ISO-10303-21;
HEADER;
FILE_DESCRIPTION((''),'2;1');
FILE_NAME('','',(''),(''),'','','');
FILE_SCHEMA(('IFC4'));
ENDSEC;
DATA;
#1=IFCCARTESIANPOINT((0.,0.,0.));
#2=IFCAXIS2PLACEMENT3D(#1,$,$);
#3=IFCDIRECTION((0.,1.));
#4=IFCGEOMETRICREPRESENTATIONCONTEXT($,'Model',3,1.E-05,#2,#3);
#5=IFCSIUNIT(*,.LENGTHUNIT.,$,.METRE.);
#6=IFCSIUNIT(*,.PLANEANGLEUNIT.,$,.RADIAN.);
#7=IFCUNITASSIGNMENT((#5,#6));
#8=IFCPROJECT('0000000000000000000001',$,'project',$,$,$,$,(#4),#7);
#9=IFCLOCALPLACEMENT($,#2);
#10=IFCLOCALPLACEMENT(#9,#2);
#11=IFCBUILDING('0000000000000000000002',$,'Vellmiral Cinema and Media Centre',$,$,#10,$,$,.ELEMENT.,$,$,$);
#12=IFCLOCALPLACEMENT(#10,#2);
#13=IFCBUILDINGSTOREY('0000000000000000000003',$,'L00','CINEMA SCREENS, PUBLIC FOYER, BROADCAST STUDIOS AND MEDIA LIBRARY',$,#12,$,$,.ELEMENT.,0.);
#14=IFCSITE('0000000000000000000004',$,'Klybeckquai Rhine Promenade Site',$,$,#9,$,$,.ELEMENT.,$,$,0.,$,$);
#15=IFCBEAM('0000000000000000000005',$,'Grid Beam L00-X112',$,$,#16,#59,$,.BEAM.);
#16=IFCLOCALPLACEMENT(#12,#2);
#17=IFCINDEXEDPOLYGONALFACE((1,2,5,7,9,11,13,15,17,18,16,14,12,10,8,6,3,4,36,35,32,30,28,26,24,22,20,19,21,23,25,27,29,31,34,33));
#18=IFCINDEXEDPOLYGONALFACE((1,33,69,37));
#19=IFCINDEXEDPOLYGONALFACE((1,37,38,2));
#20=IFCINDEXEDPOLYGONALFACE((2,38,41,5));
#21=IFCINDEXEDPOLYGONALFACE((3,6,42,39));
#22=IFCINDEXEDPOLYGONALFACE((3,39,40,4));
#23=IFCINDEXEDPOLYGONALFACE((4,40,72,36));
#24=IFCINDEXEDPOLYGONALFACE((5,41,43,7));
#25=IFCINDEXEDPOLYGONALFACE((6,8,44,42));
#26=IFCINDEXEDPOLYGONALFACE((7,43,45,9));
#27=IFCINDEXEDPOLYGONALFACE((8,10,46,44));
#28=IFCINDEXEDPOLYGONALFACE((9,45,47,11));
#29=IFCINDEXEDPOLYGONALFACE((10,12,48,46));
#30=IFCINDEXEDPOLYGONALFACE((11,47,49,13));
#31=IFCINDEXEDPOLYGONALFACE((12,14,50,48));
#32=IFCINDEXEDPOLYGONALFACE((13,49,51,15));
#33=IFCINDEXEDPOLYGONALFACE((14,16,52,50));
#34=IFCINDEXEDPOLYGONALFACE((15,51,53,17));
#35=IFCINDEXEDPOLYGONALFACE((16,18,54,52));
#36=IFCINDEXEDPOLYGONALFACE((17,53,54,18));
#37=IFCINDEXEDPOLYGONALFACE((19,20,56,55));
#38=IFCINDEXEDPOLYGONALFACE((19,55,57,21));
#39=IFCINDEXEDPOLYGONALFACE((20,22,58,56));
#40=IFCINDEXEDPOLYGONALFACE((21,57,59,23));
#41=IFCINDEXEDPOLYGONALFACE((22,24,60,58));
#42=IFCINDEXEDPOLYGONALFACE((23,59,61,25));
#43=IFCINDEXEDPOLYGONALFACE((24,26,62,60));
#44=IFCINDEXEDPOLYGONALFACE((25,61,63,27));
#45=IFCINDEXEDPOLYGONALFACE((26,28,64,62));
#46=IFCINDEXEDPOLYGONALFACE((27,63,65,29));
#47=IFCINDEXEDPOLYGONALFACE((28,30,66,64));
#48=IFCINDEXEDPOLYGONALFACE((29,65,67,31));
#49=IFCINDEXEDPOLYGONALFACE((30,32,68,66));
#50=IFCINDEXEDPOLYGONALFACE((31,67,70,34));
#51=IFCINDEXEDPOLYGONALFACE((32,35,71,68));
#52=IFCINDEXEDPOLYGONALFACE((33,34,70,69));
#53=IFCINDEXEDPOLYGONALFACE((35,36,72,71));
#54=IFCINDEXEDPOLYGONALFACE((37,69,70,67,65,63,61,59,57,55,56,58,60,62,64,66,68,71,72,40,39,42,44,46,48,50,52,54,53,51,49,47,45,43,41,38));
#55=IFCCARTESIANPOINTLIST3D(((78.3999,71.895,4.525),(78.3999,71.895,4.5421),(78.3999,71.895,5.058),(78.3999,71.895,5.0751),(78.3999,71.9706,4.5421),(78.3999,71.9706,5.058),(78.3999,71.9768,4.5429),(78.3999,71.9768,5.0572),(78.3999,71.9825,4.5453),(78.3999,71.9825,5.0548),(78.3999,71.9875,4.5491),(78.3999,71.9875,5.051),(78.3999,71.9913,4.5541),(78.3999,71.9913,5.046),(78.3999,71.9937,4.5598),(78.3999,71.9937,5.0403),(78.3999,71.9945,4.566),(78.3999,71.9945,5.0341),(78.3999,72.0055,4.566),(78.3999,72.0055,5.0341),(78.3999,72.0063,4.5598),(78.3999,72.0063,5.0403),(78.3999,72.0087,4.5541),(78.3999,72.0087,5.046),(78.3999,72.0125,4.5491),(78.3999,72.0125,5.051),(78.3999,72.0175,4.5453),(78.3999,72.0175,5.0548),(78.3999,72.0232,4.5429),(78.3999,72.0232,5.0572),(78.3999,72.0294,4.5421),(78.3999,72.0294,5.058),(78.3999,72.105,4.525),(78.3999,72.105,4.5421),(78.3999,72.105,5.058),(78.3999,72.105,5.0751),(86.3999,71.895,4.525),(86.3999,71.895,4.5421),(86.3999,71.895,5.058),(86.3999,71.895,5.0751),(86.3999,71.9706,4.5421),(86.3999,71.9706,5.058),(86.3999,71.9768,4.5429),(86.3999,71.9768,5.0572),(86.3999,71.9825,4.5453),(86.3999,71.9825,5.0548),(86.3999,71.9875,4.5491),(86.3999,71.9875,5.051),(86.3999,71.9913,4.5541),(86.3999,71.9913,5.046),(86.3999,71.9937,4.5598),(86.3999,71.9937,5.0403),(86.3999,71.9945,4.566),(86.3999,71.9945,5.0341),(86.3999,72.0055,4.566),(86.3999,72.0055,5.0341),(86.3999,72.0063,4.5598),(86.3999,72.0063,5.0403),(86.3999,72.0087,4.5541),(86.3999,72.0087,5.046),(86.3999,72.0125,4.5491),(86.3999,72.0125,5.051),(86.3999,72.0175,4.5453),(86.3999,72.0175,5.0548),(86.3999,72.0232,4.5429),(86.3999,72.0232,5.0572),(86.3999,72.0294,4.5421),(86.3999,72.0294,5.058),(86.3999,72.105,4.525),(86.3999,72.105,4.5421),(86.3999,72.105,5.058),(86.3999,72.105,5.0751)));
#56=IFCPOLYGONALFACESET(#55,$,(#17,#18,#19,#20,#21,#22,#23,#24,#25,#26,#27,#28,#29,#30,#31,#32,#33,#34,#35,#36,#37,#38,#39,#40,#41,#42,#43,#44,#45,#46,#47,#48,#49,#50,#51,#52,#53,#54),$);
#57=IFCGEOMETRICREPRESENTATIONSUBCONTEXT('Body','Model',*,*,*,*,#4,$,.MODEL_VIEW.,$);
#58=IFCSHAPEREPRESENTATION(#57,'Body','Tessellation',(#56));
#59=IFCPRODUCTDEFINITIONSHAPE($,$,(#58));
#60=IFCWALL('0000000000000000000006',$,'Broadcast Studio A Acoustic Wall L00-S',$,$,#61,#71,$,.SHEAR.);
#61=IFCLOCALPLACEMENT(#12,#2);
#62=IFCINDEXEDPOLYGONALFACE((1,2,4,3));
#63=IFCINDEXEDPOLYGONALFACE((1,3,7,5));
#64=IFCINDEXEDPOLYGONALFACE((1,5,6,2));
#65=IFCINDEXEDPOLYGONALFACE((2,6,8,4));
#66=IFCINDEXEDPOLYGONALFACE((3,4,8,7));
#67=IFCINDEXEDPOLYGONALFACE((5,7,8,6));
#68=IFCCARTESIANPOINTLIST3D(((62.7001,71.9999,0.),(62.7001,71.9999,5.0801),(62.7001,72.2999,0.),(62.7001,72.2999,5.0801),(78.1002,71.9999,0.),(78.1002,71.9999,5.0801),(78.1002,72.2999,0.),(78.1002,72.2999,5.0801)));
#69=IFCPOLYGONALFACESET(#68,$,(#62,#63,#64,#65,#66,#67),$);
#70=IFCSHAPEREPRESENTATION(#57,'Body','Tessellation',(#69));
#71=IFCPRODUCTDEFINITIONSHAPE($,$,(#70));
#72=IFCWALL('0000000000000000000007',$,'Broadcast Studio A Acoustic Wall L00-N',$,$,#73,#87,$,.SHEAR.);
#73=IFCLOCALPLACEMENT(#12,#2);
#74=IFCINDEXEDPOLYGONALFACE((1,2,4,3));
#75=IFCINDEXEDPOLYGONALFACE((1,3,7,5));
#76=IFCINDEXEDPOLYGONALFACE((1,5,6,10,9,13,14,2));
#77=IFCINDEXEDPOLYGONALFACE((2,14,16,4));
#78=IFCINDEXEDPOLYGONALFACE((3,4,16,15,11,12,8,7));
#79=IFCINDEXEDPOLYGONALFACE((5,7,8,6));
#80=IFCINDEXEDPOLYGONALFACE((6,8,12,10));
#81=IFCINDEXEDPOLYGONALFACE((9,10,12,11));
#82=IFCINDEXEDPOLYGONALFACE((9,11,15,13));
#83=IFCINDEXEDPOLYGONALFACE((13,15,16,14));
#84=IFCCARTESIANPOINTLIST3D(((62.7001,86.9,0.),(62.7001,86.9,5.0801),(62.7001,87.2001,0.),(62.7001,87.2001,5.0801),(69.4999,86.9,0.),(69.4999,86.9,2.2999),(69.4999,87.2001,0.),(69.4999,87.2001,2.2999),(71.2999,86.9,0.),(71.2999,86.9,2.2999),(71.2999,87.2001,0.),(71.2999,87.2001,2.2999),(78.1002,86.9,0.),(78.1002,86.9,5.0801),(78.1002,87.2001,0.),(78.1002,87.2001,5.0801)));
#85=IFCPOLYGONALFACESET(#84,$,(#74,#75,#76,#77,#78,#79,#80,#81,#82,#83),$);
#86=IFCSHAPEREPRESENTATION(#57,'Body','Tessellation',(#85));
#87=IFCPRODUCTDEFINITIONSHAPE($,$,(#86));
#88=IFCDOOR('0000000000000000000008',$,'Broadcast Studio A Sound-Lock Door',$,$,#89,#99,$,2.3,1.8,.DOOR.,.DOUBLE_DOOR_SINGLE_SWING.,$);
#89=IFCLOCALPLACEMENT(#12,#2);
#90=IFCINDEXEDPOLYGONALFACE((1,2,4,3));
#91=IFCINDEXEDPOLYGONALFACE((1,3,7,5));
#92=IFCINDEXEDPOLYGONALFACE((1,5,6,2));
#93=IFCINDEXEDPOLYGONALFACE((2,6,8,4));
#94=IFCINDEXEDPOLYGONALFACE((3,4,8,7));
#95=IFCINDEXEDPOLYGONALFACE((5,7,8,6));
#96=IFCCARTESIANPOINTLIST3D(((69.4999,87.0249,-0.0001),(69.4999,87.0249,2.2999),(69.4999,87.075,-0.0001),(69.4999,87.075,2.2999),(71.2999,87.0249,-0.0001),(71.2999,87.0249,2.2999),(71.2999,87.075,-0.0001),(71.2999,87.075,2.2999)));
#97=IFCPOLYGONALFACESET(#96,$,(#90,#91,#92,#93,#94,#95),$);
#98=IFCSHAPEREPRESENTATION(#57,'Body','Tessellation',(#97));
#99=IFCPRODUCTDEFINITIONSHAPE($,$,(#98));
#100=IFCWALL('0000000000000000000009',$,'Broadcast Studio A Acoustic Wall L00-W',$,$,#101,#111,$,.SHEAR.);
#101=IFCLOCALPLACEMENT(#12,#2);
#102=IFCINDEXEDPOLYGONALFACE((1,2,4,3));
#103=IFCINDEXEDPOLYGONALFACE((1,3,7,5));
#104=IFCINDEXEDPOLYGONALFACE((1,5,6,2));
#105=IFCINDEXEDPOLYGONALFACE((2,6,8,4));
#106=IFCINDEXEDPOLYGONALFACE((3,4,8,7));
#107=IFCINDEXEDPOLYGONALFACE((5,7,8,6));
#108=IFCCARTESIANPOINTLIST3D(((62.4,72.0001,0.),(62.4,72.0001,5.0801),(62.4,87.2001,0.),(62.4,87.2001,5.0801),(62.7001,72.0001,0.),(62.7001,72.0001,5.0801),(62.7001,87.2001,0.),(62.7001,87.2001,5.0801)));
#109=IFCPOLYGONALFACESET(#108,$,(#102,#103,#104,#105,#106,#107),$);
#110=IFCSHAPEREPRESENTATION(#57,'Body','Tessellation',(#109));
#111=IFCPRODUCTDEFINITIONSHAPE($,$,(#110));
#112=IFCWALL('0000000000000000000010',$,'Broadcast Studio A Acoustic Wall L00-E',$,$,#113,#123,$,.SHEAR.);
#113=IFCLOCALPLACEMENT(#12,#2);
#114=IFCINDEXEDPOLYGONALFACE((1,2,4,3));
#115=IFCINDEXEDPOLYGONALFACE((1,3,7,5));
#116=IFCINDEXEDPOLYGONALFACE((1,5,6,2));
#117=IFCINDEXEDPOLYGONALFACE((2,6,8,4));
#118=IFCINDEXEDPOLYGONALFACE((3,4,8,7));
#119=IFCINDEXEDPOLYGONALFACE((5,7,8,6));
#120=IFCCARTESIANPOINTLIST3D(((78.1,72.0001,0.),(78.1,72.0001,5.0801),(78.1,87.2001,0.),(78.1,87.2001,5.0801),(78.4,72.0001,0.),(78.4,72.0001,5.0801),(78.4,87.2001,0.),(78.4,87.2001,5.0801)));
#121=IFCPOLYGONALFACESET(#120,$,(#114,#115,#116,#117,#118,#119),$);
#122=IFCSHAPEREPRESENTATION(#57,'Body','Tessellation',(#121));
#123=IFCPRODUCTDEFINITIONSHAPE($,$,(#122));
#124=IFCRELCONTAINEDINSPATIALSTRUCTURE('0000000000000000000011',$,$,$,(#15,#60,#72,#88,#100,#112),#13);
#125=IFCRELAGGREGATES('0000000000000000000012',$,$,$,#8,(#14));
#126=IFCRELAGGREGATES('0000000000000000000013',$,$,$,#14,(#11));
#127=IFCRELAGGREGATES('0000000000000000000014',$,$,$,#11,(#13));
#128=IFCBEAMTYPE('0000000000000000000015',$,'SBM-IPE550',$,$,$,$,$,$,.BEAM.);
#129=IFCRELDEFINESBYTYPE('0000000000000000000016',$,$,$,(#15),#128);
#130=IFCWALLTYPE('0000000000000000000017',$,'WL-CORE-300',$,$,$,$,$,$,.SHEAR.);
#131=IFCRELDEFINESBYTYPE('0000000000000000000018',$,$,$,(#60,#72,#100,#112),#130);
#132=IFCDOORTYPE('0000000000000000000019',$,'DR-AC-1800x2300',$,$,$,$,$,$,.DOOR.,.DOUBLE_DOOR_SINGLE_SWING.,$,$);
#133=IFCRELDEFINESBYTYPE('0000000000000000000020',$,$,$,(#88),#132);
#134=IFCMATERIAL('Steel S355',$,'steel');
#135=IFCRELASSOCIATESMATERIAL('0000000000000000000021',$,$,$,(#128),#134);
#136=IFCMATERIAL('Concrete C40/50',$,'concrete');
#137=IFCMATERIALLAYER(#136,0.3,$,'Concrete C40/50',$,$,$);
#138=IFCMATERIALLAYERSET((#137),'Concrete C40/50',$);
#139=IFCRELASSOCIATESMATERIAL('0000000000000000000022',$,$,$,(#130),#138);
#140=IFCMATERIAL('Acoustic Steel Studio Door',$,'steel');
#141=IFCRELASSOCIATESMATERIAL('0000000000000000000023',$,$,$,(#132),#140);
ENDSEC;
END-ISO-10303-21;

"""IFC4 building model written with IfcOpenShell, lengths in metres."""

from ifc_helpers import new_model, si_unit, direction, frame, frame_2d, origin, origin_2d, place, context, subcontext, project, spatial, rectangle, i_section, extrude, material, layer, layer_set, material_profile, profile_set, type_object, element, fill, save


model = new_model("IFC4")

# Units and contexts
model_context = context("Model", 3, precision=1e-05, world=origin(), true_north=direction((0.0, 1.0)))
body_context = subcontext(model_context, "Body", "Model", "MODEL_VIEW")
ifc_project = project(units=[si_unit("LENGTHUNIT", "METRE"), si_unit("PLANEANGLEUNIT", "RADIAN")], contexts=[model_context])

# Site, building, storey
site_placement = place(None, origin())
site = spatial("IfcSite", under=ifc_project, at=site_placement, Name="Klybeckquai Rhine Promenade Site", CompositionType="ELEMENT", RefElevation=0.0)
building_placement = place(site_placement, origin())
building = spatial("IfcBuilding", under=site, at=building_placement, Name="Vellmiral Cinema and Media Centre", CompositionType="ELEMENT")
storey_placement = place(building_placement, origin())
storey = spatial("IfcBuildingStorey", under=building, at=storey_placement, Name="L00", Description="CINEMA SCREENS, PUBLIC FOYER, BROADCAST STUDIOS AND MEDIA LIBRARY", CompositionType="ELEMENT", Elevation=0.0)

# Beam
ifc_material_1 = material(Name="Steel S355", Category="steel")
ifc_material_profile_1 = material_profile(ifc_material_1, i_section(OverallWidth=0.21, OverallDepth=0.55, WebThickness=0.011, FlangeThickness=0.0171, FilletRadius=0.0239, at=origin_2d()), Name="IPE 550")
ifc_profile_set_1 = profile_set([ifc_material_profile_1], Name="Steel S355")
beam_type_1 = type_object("IfcBeamType", Name="SBM-IPE550", PredefinedType="BEAM", material=ifc_profile_set_1)
beam_1_placement = place(storey_placement, frame((78.3999, 72.0, 4.8), z_axis=(1.0, 0.0, 0.0), x_axis=(0.0, 1.0, 0.0)))
element("IfcBeam", 1, at=beam_1_placement, inside=storey, type_object=beam_type_1, Name="Grid Beam L00-X112", PredefinedType="BEAM", context=body_context, shape_type="SweptSolid", body=[
    extrude(i_section(OverallWidth=0.21, OverallDepth=0.55, WebThickness=0.011, FlangeThickness=0.0171, FilletRadius=0.0239, at=origin_2d()), origin(), (0.0, 0.0, 1.0), 8.0),
])

# Wall
ifc_material_2 = material(Name="Concrete C40/50", Category="concrete")
ifc_layer_1 = layer(ifc_material_2, 0.3, Name="Concrete C40/50")
ifc_layer_set_1 = layer_set([ifc_layer_1], Name="Concrete C40/50")
wall_type_1 = type_object("IfcWallType", Name="WL-CORE-300", PredefinedType="SHEAR", material=ifc_layer_set_1)
wall_1_placement = place(storey_placement, frame((62.7, 72.1499, 0.0), z_axis=(0.0, 0.0, 1.0), x_axis=(1.0, 0.0, 0.0)))
element("IfcWall", 2, at=wall_1_placement, inside=storey, type_object=wall_type_1, Name="Broadcast Studio A Acoustic Wall L00-S", PredefinedType="SHEAR", context=body_context, shape_type="SweptSolid", body=[
    extrude(rectangle(XDim=15.4001, YDim=0.3, at=frame_2d((7.7002, 0.0))), origin(), (0.0, 0.0, 1.0), 5.0801),
])

# Wall, opening, door
wall_2_placement = place(storey_placement, frame((62.7, 87.05, 0.0), z_axis=(0.0, 0.0, 1.0), x_axis=(1.0, 0.0, 0.0)))
wall_2 = element("IfcWall", 3, at=wall_2_placement, inside=storey, type_object=wall_type_1, Name="Broadcast Studio A Acoustic Wall L00-N", PredefinedType="SHEAR", context=body_context, shape_type="SweptSolid", body=[
    extrude(rectangle(XDim=15.4001, YDim=0.3, at=frame_2d((7.7002, 0.0))), origin(), (0.0, 0.0, 1.0), 5.0801),
])
opening_1_placement = place(wall_2_placement, frame((6.8, 0.0, 0.0)))
opening_1 = element("IfcOpeningElement", 4, at=opening_1_placement, cuts=wall_2, PredefinedType="OPENING", context=body_context, shape_type="SweptSolid", body=[
    extrude(rectangle(XDim=1.8, YDim=2.3, at=frame_2d((0.8999, 1.1499))), frame((0.0, 0.1621, 0.0), z_axis=(0.0, -1.0, 0.0), x_axis=(1.0, 0.0, 0.0)), (0.0, 0.0, 1.0), 0.324),
])
ifc_material_3 = material(Name="Acoustic Steel Studio Door", Category="steel")
door_type_1 = type_object("IfcDoorType", Name="DR-AC-1800x2300", OperationType="DOUBLE_DOOR_SINGLE_SWING", PredefinedType="DOOR", material=ifc_material_3)
door_1_placement = place(opening_1_placement, origin())
door_1 = element("IfcDoor", 5, at=door_1_placement, inside=storey, type_object=door_type_1, Name="Broadcast Studio A Sound-Lock Door", OperationType="DOUBLE_DOOR_SINGLE_SWING", OverallHeight=2.3, OverallWidth=1.8, PredefinedType="DOOR", context=body_context, shape_type="SweptSolid", body=[
    extrude(rectangle(XDim=1.8, YDim=2.3, at=frame_2d((0.8999, 1.1499))), frame((0.0, 0.0249, 0.0), z_axis=(0.0, -1.0, 0.0), x_axis=(1.0, 0.0, 0.0)), (0.0, 0.0, 1.0), 0.05),
])
fill(opening_1, door_1)

# Walls
for number, where, z_axis, x_axis, name in (
    (6, (62.55, 72.0, 0.0), (0.0, 0.0, 1.0), (0.0, 1.0, 0.0), "Broadcast Studio A Acoustic Wall L00-W"),
    (7, (78.25, 72.0, 0.0), (0.0, 0.0, 1.0), (0.0, 1.0, 0.0), "Broadcast Studio A Acoustic Wall L00-E"),
):
    element("IfcWall", number, at=place(storey_placement, frame(where, z_axis=z_axis, x_axis=x_axis)), inside=storey, type_object=wall_type_1, Name=name, PredefinedType="SHEAR", context=body_context, shape_type="SweptSolid", body=[
        extrude(rectangle(XDim=15.2, YDim=0.3, at=frame_2d((7.6001, 0.0))), origin(), (0.0, 0.0, 1.0), 5.0801),
    ])

save(model, "model.ifc")
